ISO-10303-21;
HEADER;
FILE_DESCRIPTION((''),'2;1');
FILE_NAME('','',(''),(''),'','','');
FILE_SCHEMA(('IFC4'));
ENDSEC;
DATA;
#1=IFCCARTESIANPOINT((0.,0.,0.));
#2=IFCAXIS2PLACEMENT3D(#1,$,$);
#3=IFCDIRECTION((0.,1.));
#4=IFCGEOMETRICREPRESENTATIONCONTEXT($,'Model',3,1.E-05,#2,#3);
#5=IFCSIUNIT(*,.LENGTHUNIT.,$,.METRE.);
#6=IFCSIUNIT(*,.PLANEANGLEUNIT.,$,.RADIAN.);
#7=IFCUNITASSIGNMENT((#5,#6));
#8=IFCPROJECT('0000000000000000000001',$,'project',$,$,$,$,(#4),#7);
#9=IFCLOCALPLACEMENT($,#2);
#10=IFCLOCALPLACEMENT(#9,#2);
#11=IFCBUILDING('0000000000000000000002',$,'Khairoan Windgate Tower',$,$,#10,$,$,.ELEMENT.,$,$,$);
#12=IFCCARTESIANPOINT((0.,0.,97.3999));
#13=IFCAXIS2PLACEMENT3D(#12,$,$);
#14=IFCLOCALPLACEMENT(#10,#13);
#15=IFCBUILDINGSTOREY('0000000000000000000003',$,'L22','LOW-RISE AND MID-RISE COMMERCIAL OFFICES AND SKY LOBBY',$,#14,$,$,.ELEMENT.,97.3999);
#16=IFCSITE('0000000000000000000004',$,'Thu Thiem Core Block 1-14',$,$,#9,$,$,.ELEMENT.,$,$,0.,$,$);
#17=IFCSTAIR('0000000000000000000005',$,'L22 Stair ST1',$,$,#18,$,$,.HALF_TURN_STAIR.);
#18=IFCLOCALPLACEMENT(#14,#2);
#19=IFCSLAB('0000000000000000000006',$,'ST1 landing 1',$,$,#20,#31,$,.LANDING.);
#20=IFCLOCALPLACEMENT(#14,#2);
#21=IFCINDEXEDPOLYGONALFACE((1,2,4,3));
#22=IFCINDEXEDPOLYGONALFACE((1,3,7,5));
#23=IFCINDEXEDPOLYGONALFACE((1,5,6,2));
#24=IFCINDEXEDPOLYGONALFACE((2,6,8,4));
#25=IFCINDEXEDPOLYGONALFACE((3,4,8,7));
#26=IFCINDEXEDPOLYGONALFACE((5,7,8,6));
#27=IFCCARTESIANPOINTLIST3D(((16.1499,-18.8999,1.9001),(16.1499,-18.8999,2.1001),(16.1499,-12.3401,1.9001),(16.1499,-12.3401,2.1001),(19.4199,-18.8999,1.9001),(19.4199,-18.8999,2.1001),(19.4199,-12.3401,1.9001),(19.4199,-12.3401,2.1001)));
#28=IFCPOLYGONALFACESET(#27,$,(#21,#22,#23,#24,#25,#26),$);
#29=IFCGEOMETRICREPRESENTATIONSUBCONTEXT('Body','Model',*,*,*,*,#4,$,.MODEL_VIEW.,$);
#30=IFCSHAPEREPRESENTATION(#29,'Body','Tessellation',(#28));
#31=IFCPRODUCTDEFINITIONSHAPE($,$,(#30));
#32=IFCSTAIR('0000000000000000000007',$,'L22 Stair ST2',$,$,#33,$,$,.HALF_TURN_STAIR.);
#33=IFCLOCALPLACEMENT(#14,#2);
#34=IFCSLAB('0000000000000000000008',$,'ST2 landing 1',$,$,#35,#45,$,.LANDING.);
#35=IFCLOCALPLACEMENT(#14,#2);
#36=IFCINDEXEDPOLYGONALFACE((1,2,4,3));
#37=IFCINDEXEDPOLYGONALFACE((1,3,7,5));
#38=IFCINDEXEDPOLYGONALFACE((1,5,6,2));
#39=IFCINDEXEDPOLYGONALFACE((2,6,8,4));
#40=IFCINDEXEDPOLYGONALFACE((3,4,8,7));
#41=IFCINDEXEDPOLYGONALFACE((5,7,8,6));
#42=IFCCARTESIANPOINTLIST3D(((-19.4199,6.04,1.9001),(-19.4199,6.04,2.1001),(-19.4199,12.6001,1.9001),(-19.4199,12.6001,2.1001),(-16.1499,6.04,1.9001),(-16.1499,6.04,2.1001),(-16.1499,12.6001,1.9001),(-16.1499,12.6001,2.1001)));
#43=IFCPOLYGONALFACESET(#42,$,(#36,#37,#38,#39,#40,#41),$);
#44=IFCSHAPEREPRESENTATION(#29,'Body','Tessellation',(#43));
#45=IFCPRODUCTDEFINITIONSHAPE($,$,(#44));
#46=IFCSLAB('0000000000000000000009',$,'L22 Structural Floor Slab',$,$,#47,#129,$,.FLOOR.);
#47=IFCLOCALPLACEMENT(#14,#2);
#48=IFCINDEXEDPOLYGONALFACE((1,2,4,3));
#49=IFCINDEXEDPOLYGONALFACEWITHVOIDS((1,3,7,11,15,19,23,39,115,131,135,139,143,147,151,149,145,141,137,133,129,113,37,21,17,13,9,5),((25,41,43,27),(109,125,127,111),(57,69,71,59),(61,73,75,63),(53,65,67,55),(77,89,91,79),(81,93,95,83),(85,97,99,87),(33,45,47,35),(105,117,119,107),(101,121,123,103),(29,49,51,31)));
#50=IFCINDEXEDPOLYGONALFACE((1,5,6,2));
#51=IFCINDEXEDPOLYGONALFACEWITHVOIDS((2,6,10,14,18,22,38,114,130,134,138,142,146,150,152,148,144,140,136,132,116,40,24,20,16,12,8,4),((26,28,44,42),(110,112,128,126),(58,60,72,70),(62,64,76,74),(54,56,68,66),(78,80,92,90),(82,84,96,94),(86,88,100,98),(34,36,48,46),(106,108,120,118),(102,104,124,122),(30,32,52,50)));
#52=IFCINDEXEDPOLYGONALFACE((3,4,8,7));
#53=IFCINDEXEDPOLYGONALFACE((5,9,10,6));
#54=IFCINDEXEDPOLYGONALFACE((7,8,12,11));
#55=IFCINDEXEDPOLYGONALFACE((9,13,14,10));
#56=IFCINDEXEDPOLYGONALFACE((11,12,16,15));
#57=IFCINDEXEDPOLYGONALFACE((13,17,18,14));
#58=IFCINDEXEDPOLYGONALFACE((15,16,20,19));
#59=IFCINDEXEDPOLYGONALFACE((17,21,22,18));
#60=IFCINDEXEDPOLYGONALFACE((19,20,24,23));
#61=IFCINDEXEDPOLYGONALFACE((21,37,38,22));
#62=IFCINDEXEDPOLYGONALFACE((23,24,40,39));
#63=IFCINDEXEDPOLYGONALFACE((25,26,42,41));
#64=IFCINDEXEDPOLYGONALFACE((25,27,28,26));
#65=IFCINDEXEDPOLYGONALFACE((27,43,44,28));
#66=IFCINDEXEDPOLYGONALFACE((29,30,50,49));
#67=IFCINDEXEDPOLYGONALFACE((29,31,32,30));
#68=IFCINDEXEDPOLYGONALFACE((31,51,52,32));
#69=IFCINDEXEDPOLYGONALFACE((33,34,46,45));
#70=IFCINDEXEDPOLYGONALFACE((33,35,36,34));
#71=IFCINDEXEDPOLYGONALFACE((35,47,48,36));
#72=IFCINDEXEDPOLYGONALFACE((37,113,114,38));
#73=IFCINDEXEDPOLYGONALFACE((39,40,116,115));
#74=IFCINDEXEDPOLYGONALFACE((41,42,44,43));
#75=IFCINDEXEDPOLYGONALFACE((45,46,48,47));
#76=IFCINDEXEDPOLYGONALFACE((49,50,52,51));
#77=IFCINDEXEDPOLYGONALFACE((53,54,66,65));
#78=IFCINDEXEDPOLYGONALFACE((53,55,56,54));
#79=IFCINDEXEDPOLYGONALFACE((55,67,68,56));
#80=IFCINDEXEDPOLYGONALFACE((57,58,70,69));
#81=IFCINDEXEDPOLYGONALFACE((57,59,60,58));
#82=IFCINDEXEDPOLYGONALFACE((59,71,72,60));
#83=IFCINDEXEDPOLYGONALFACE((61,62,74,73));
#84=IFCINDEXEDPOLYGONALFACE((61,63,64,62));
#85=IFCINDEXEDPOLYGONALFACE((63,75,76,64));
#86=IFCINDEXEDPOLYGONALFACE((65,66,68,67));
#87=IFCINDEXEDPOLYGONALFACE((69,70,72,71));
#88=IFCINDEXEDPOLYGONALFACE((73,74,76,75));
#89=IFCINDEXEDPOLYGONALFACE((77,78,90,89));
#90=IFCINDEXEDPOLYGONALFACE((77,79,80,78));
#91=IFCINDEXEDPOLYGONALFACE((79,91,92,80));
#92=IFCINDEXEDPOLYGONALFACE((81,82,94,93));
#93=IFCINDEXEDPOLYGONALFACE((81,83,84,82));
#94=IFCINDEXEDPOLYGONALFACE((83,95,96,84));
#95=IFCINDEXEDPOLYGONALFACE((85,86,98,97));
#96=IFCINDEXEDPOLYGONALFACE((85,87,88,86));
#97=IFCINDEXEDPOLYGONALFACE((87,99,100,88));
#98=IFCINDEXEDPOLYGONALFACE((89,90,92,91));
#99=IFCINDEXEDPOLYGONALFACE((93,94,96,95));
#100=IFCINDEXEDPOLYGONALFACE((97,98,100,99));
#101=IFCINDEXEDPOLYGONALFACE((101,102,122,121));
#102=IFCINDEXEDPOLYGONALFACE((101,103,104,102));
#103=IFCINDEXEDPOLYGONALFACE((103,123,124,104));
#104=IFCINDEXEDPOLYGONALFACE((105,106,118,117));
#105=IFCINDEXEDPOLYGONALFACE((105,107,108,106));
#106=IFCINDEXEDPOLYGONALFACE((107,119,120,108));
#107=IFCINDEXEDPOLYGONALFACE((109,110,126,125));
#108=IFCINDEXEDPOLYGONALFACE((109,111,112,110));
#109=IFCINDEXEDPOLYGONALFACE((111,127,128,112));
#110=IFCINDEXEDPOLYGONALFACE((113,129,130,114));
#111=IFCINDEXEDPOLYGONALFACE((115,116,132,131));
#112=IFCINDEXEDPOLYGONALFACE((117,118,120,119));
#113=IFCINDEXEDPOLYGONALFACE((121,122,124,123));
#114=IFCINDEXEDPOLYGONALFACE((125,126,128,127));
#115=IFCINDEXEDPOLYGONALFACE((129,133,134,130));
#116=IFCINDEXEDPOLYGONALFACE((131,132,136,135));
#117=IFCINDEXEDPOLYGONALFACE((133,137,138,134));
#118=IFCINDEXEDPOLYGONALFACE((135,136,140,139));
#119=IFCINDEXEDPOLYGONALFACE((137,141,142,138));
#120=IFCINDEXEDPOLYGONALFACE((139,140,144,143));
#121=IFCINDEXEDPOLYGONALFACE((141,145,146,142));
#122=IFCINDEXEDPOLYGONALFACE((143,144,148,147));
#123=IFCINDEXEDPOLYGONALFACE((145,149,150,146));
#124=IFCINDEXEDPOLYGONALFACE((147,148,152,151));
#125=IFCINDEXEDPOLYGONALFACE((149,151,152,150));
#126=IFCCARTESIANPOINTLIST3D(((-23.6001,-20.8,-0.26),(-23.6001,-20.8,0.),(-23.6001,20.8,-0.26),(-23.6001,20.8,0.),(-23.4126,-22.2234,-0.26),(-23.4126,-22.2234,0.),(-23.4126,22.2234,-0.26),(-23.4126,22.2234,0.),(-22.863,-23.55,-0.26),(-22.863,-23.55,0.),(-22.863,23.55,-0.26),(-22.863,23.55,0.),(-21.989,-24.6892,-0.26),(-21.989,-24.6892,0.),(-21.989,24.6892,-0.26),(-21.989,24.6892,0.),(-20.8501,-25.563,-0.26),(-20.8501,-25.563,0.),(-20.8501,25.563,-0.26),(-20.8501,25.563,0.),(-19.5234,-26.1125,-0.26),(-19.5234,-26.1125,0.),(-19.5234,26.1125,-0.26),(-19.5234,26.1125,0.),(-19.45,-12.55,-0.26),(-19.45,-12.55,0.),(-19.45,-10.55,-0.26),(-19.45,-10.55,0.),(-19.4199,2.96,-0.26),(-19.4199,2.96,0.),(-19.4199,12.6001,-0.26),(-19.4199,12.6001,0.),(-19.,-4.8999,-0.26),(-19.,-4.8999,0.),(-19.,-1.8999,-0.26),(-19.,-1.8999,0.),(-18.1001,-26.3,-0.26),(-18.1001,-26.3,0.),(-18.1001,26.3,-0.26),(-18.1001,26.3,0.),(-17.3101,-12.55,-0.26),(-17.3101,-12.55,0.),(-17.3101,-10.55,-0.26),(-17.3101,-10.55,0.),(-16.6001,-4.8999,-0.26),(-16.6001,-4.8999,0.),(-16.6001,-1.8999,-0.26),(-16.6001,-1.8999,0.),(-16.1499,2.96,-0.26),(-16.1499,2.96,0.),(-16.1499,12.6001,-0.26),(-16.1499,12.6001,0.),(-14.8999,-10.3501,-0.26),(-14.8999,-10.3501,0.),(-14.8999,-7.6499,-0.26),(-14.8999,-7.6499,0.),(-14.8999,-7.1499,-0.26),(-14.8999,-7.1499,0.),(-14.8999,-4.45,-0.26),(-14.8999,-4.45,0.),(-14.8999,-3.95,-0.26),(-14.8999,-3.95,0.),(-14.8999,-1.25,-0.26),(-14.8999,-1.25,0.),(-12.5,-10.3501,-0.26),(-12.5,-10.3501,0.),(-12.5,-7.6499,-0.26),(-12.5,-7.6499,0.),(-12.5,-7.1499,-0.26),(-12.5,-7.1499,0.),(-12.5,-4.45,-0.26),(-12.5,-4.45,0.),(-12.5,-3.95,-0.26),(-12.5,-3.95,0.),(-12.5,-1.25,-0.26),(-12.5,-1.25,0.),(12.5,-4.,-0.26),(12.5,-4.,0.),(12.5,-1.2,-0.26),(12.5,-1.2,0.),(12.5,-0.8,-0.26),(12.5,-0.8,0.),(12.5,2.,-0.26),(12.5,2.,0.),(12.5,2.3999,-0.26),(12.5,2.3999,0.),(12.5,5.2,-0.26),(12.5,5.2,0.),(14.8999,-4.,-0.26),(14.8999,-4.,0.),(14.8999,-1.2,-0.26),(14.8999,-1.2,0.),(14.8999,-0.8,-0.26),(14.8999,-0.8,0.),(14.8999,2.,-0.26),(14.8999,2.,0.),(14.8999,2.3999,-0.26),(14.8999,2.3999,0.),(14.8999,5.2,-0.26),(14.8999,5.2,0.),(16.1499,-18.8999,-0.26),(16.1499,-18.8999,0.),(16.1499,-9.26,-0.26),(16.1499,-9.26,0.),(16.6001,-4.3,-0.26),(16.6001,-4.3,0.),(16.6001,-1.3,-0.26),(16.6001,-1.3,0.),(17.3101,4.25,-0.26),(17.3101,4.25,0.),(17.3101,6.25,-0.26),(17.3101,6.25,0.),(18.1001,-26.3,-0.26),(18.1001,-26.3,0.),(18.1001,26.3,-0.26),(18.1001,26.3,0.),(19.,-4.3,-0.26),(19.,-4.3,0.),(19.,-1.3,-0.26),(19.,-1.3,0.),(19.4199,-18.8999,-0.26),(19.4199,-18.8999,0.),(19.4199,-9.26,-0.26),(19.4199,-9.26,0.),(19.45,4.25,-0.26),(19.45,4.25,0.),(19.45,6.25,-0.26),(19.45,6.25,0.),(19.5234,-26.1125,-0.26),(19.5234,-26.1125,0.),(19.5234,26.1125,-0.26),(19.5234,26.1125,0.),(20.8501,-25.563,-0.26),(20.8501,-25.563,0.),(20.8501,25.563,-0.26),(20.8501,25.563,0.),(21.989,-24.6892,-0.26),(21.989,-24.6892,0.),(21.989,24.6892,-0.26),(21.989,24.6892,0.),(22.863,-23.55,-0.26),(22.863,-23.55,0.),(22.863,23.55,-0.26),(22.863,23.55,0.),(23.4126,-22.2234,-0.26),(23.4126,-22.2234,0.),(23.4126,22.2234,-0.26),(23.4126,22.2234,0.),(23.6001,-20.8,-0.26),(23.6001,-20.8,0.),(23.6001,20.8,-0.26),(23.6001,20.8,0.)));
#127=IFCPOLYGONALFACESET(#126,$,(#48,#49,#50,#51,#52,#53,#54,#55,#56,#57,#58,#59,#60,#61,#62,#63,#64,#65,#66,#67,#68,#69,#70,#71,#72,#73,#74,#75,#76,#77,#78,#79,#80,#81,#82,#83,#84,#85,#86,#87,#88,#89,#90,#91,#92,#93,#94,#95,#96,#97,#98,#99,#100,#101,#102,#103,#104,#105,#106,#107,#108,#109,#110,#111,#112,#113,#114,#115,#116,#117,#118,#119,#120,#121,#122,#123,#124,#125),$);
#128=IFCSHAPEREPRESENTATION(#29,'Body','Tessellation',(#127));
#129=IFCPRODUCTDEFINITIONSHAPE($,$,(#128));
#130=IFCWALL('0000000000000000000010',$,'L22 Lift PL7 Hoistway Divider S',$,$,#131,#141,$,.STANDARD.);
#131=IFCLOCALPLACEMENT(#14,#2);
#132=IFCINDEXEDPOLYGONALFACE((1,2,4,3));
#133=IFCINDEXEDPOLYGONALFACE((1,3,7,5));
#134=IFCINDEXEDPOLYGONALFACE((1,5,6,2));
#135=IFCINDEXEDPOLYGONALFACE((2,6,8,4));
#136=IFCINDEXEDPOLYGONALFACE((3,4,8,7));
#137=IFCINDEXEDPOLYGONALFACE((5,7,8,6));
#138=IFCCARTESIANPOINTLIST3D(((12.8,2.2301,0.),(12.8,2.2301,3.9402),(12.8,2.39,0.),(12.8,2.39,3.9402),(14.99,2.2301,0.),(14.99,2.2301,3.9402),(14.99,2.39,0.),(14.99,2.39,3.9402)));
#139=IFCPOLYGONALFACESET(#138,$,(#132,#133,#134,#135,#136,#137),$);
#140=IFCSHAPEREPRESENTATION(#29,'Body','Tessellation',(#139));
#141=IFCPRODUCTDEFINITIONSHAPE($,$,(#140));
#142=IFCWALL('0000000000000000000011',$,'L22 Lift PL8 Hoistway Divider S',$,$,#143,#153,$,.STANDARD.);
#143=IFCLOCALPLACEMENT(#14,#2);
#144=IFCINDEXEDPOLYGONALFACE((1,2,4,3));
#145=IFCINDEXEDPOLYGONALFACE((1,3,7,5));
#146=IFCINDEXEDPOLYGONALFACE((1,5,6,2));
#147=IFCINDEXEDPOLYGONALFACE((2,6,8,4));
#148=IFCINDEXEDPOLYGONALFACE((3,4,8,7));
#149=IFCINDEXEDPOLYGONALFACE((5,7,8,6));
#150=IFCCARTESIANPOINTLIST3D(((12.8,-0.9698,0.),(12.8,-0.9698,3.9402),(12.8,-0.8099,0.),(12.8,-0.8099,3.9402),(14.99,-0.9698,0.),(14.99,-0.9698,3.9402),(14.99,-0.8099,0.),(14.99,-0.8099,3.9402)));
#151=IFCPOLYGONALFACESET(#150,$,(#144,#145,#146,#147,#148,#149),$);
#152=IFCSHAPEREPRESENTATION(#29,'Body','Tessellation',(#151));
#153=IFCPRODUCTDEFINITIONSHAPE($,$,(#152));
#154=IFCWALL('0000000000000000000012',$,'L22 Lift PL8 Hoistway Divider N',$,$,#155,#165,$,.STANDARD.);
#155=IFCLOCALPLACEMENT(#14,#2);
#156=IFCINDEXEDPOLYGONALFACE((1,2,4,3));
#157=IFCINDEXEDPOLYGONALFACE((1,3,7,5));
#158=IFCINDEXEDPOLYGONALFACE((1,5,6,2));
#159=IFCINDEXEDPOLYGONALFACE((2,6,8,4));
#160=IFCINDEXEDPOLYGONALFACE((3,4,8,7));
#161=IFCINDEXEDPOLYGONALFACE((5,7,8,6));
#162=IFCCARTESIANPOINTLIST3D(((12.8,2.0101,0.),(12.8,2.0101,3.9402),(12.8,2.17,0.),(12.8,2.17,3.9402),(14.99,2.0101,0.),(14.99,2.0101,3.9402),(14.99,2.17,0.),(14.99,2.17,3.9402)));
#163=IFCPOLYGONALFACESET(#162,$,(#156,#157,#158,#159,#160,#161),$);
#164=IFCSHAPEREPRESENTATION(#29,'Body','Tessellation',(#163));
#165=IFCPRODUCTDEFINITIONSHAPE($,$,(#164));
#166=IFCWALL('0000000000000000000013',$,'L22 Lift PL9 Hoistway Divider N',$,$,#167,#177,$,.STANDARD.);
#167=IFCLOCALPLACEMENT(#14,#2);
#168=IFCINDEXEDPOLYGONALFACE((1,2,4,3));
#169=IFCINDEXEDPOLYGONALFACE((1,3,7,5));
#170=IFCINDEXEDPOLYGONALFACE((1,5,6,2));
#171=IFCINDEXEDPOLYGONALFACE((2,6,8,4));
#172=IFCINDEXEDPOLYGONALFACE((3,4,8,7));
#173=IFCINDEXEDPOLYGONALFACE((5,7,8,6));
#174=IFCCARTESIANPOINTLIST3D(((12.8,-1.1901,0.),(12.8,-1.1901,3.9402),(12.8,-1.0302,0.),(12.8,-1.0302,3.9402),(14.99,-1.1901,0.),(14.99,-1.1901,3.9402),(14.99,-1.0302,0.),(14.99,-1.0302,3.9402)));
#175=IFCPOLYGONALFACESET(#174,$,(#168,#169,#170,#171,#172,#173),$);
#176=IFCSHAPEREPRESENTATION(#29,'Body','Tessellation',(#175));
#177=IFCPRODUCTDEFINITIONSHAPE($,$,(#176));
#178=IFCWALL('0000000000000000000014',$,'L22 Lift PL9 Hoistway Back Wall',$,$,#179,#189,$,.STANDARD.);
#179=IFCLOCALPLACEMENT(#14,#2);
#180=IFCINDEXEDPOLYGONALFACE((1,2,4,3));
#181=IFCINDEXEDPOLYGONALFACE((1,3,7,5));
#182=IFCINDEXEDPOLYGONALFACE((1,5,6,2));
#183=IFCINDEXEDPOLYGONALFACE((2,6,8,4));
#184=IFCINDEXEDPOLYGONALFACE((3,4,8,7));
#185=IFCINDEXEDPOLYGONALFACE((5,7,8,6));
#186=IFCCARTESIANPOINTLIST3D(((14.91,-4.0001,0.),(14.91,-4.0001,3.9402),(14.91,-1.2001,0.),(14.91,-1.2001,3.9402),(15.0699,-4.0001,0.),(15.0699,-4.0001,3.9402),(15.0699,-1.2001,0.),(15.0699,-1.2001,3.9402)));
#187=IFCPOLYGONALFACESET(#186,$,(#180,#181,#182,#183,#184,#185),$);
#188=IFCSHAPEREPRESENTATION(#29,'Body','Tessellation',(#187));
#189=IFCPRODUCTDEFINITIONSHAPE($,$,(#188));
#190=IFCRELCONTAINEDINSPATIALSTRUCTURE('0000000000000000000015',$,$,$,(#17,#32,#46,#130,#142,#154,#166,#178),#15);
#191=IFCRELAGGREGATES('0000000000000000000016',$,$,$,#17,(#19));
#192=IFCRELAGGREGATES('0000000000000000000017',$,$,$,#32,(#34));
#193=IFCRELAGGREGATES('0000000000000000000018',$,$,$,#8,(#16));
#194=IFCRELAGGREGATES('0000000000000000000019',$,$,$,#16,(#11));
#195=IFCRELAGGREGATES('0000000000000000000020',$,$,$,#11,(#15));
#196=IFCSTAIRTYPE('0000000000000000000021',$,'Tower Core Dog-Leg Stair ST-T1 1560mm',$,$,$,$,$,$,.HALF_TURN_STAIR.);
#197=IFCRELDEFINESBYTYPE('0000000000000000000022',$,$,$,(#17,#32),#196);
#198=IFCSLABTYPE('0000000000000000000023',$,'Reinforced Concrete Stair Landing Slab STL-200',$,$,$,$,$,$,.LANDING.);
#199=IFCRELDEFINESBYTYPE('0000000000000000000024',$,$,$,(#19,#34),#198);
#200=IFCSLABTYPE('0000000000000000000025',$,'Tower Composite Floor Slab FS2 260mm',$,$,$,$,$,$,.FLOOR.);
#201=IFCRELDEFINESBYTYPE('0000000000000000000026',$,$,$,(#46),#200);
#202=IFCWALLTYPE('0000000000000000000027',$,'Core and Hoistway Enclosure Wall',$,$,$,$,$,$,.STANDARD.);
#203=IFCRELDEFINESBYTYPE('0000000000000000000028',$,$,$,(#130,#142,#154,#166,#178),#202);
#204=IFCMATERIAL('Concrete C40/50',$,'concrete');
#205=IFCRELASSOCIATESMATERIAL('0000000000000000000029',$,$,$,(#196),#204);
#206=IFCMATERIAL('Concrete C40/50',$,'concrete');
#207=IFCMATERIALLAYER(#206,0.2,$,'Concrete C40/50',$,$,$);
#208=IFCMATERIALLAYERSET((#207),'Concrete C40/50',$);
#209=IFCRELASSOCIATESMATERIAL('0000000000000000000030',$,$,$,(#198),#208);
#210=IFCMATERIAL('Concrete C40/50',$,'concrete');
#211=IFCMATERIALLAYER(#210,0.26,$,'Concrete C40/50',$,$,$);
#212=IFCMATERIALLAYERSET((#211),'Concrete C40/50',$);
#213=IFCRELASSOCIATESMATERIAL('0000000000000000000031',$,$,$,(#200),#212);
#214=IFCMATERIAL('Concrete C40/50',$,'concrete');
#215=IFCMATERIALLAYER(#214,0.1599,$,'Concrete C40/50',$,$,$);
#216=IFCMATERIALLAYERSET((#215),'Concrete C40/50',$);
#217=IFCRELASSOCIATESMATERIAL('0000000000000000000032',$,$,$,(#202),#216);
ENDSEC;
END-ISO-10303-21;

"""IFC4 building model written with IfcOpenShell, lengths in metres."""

from ifc_helpers import new_model, si_unit, direction, frame, frame_2d, origin, place, context, subcontext, project, spatial, polyline, rectangle, outline, extrude, material, layer, layer_set, type_object, element, aggregate, save


model = new_model("IFC4")

# Units and contexts
model_context = context("Model", 3, precision=1e-05, world=origin(), true_north=direction((0.0, 1.0)))
body_context = subcontext(model_context, "Body", "Model", "MODEL_VIEW")
ifc_project = project(units=[si_unit("LENGTHUNIT", "METRE"), si_unit("PLANEANGLEUNIT", "RADIAN")], contexts=[model_context])

# Site, building, storey
site_placement = place(None, origin())
site = spatial("IfcSite", under=ifc_project, at=site_placement, Name="Thu Thiem Core Block 1-14", CompositionType="ELEMENT", RefElevation=0.0)
building_placement = place(site_placement, origin())
building = spatial("IfcBuilding", under=site, at=building_placement, Name="Khairoan Windgate Tower", CompositionType="ELEMENT")
storey_placement = place(building_placement, frame((0.0, 0.0, 97.3999)))
storey = spatial("IfcBuildingStorey", under=building, at=storey_placement, Name="L22", Description="LOW-RISE AND MID-RISE COMMERCIAL OFFICES AND SKY LOBBY", CompositionType="ELEMENT", Elevation=97.3999)

# Stairs, slabs
ifc_material_1 = material(Name="Concrete C40/50", Category="concrete")
stair_type = type_object("IfcStairType", Name="Tower Core Dog-Leg Stair ST-T1 1560mm", PredefinedType="HALF_TURN_STAIR", material=ifc_material_1)
stair_1_placement = place(storey_placement, origin())
stair_1 = element("IfcStair", 1, at=stair_1_placement, inside=storey, type_object=stair_type, Name="L22 Stair ST1", PredefinedType="HALF_TURN_STAIR")
ifc_material_2 = material(Name="Concrete C40/50", Category="concrete")
ifc_layer_1 = layer(ifc_material_2, 0.2, Name="Concrete C40/50")
ifc_layer_set_1 = layer_set([ifc_layer_1], Name="Concrete C40/50")
slab_type_1 = type_object("IfcSlabType", Name="Reinforced Concrete Stair Landing Slab STL-200", PredefinedType="LANDING", material=ifc_layer_set_1)
slab_1_placement = place(storey_placement, frame((0.0, 0.0, 1.9001)))
slab_1 = element("IfcSlab", 2, at=slab_1_placement, type_object=slab_type_1, Name="ST1 landing 1", PredefinedType="LANDING", context=body_context, shape_type="SweptSolid", body=[
    extrude(outline(polyline([(16.1499, -12.3401), (16.1499, -18.8999), (19.4199, -18.8999), (19.4199, -12.3401), (16.1499, -12.3401)])), origin(), (0.0, 0.0, 1.0), 0.2),
])
aggregate(stair_1, [slab_1])
stair_2_placement = place(storey_placement, origin())
stair_2 = element("IfcStair", 3, at=stair_2_placement, inside=storey, type_object=stair_type, Name="L22 Stair ST2", PredefinedType="HALF_TURN_STAIR")
slab_2_placement = place(storey_placement, frame((0.0, 0.0, 1.9001)))
slab_2 = element("IfcSlab", 4, at=slab_2_placement, type_object=slab_type_1, Name="ST2 landing 1", PredefinedType="LANDING", context=body_context, shape_type="SweptSolid", body=[
    extrude(outline(polyline([(-16.1499, 6.04), (-16.1499, 12.6001), (-19.4199, 12.6001), (-19.4199, 6.04), (-16.1499, 6.04)])), origin(), (0.0, 0.0, 1.0), 0.2),
])
aggregate(stair_2, [slab_2])

# Slab
ifc_material_3 = material(Name="Concrete C40/50", Category="concrete")
ifc_layer_2 = layer(ifc_material_3, 0.26, Name="Concrete C40/50")
ifc_layer_set_2 = layer_set([ifc_layer_2], Name="Concrete C40/50")
slab_type_2 = type_object("IfcSlabType", Name="Tower Composite Floor Slab FS2 260mm", PredefinedType="FLOOR", material=ifc_layer_set_2)
slab_3_placement = place(storey_placement, frame((0.0, 0.0, -0.26)))
element("IfcSlab", 5, at=slab_3_placement, inside=storey, type_object=slab_type_2, Name="L22 Structural Floor Slab", PredefinedType="FLOOR", context=body_context, shape_type="SweptSolid", body=[
    extrude(outline(polyline([(18.1001, -26.3), (19.5234, -26.1125), (20.8501, -25.563), (21.989, -24.6892), (22.863, -23.55), (23.4126, -22.2234), (23.6001, -20.8), (23.6001, 20.8), (23.4126, 22.2234), (22.863, 23.55), (21.989, 24.6892), (20.8501, 25.563), (19.5234, 26.1125), (18.1001, 26.3), (-18.1001, 26.3), (-19.5234, 26.1125), (-20.8501, 25.563), (-21.989, 24.6892), (-22.863, 23.55), (-23.4126, 22.2234), (-23.6001, 20.8), (-23.6001, -20.8), (-23.4126, -22.2234), (-22.863, -23.55), (-21.989, -24.6892), (-20.8501, -25.563), (-19.5234, -26.1125), (-18.1001, -26.3), (18.1001, -26.3)]), holes=[polyline([(16.1499, -9.26), (16.1499, -18.8999), (19.4199, -18.8999), (19.4199, -9.26), (16.1499, -9.26)]), polyline([(-16.1499, 2.96), (-16.1499, 12.6001), (-19.4199, 12.6001), (-19.4199, 2.96), (-16.1499, 2.96)]), polyline([(-14.8999, -3.95), (-12.5, -3.95), (-12.5, -1.25), (-14.8999, -1.25), (-14.8999, -3.95)]), polyline([(-14.8999, -7.1499), (-12.5, -7.1499), (-12.5, -4.45), (-14.8999, -4.45), (-14.8999, -7.1499)]), polyline([(-14.8999, -10.3501), (-12.5, -10.3501), (-12.5, -7.6499), (-14.8999, -7.6499), (-14.8999, -10.3501)]), polyline([(12.5, 2.3999), (14.8999, 2.3999), (14.8999, 5.2), (12.5, 5.2), (12.5, 2.3999)]), polyline([(12.5, -0.8), (14.8999, -0.8), (14.8999, 2.0), (12.5, 2.0), (12.5, -0.8)]), polyline([(12.5, -4.0), (14.8999, -4.0), (14.8999, -1.2), (12.5, -1.2), (12.5, -4.0)]), polyline([(16.6001, -4.3), (19.0, -4.3), (19.0, -1.3), (16.6001, -1.3), (16.6001, -4.3)]), polyline([(-19.0, -4.8999), (-16.6001, -4.8999), (-16.6001, -1.8999), (-19.0, -1.8999), (-19.0, -4.8999)]), polyline([(-19.45, -12.55), (-17.3101, -12.55), (-17.3101, -10.55), (-19.45, -10.55), (-19.45, -12.55)]), polyline([(17.3101, 4.25), (19.45, 4.25), (19.45, 6.25), (17.3101, 6.25), (17.3101, 4.25)])]), origin(), (0.0, 0.0, 1.0), 0.26),
])

# Walls
ifc_material_4 = material(Name="Concrete C40/50", Category="concrete")
ifc_layer_3 = layer(ifc_material_4, 0.1599, Name="Concrete C40/50")
ifc_layer_set_3 = layer_set([ifc_layer_3], Name="Concrete C40/50")
wall_type_1 = type_object("IfcWallType", Name="Core and Hoistway Enclosure Wall", PredefinedType="STANDARD", material=ifc_layer_set_3)
for number, where, z_axis, x_axis, name in (
    (6, (12.8, 2.3101, 0.0), (0.0, 0.0, 1.0), (1.0, 0.0, 0.0), "L22 Lift PL7 Hoistway Divider S"),
    (7, (12.8, -0.8899, 0.0), (0.0, 0.0, 1.0), (1.0, 0.0, 0.0), "L22 Lift PL8 Hoistway Divider S"),
    (8, (12.8, 2.0901, 0.0), (0.0, 0.0, 1.0), (1.0, 0.0, 0.0), "L22 Lift PL8 Hoistway Divider N"),
    (9, (12.8, -1.1101, 0.0), (0.0, 0.0, 1.0), (1.0, 0.0, 0.0), "L22 Lift PL9 Hoistway Divider N"),
):
    element("IfcWall", number, at=place(storey_placement, frame(where, z_axis=z_axis, x_axis=x_axis)), inside=storey, type_object=wall_type_1, Name=name, PredefinedType="STANDARD", context=body_context, shape_type="SweptSolid", body=[
        extrude(rectangle(XDim=2.1899, YDim=0.1599, at=frame_2d((1.095, 0.0))), origin(), (0.0, 0.0, 1.0), 3.9402),
    ])
wall_1_placement = place(storey_placement, frame((14.99, -4.0, 0.0), z_axis=(0.0, 0.0, 1.0), x_axis=(0.0, 1.0, 0.0)))
element("IfcWall", 10, at=wall_1_placement, inside=storey, type_object=wall_type_1, Name="L22 Lift PL9 Hoistway Back Wall", PredefinedType="STANDARD", context=body_context, shape_type="SweptSolid", body=[
    extrude(rectangle(XDim=2.8, YDim=0.1599, at=frame_2d((1.3999, 0.0))), origin(), (0.0, 0.0, 1.0), 3.9402),
])

save(model, "model.ifc")
